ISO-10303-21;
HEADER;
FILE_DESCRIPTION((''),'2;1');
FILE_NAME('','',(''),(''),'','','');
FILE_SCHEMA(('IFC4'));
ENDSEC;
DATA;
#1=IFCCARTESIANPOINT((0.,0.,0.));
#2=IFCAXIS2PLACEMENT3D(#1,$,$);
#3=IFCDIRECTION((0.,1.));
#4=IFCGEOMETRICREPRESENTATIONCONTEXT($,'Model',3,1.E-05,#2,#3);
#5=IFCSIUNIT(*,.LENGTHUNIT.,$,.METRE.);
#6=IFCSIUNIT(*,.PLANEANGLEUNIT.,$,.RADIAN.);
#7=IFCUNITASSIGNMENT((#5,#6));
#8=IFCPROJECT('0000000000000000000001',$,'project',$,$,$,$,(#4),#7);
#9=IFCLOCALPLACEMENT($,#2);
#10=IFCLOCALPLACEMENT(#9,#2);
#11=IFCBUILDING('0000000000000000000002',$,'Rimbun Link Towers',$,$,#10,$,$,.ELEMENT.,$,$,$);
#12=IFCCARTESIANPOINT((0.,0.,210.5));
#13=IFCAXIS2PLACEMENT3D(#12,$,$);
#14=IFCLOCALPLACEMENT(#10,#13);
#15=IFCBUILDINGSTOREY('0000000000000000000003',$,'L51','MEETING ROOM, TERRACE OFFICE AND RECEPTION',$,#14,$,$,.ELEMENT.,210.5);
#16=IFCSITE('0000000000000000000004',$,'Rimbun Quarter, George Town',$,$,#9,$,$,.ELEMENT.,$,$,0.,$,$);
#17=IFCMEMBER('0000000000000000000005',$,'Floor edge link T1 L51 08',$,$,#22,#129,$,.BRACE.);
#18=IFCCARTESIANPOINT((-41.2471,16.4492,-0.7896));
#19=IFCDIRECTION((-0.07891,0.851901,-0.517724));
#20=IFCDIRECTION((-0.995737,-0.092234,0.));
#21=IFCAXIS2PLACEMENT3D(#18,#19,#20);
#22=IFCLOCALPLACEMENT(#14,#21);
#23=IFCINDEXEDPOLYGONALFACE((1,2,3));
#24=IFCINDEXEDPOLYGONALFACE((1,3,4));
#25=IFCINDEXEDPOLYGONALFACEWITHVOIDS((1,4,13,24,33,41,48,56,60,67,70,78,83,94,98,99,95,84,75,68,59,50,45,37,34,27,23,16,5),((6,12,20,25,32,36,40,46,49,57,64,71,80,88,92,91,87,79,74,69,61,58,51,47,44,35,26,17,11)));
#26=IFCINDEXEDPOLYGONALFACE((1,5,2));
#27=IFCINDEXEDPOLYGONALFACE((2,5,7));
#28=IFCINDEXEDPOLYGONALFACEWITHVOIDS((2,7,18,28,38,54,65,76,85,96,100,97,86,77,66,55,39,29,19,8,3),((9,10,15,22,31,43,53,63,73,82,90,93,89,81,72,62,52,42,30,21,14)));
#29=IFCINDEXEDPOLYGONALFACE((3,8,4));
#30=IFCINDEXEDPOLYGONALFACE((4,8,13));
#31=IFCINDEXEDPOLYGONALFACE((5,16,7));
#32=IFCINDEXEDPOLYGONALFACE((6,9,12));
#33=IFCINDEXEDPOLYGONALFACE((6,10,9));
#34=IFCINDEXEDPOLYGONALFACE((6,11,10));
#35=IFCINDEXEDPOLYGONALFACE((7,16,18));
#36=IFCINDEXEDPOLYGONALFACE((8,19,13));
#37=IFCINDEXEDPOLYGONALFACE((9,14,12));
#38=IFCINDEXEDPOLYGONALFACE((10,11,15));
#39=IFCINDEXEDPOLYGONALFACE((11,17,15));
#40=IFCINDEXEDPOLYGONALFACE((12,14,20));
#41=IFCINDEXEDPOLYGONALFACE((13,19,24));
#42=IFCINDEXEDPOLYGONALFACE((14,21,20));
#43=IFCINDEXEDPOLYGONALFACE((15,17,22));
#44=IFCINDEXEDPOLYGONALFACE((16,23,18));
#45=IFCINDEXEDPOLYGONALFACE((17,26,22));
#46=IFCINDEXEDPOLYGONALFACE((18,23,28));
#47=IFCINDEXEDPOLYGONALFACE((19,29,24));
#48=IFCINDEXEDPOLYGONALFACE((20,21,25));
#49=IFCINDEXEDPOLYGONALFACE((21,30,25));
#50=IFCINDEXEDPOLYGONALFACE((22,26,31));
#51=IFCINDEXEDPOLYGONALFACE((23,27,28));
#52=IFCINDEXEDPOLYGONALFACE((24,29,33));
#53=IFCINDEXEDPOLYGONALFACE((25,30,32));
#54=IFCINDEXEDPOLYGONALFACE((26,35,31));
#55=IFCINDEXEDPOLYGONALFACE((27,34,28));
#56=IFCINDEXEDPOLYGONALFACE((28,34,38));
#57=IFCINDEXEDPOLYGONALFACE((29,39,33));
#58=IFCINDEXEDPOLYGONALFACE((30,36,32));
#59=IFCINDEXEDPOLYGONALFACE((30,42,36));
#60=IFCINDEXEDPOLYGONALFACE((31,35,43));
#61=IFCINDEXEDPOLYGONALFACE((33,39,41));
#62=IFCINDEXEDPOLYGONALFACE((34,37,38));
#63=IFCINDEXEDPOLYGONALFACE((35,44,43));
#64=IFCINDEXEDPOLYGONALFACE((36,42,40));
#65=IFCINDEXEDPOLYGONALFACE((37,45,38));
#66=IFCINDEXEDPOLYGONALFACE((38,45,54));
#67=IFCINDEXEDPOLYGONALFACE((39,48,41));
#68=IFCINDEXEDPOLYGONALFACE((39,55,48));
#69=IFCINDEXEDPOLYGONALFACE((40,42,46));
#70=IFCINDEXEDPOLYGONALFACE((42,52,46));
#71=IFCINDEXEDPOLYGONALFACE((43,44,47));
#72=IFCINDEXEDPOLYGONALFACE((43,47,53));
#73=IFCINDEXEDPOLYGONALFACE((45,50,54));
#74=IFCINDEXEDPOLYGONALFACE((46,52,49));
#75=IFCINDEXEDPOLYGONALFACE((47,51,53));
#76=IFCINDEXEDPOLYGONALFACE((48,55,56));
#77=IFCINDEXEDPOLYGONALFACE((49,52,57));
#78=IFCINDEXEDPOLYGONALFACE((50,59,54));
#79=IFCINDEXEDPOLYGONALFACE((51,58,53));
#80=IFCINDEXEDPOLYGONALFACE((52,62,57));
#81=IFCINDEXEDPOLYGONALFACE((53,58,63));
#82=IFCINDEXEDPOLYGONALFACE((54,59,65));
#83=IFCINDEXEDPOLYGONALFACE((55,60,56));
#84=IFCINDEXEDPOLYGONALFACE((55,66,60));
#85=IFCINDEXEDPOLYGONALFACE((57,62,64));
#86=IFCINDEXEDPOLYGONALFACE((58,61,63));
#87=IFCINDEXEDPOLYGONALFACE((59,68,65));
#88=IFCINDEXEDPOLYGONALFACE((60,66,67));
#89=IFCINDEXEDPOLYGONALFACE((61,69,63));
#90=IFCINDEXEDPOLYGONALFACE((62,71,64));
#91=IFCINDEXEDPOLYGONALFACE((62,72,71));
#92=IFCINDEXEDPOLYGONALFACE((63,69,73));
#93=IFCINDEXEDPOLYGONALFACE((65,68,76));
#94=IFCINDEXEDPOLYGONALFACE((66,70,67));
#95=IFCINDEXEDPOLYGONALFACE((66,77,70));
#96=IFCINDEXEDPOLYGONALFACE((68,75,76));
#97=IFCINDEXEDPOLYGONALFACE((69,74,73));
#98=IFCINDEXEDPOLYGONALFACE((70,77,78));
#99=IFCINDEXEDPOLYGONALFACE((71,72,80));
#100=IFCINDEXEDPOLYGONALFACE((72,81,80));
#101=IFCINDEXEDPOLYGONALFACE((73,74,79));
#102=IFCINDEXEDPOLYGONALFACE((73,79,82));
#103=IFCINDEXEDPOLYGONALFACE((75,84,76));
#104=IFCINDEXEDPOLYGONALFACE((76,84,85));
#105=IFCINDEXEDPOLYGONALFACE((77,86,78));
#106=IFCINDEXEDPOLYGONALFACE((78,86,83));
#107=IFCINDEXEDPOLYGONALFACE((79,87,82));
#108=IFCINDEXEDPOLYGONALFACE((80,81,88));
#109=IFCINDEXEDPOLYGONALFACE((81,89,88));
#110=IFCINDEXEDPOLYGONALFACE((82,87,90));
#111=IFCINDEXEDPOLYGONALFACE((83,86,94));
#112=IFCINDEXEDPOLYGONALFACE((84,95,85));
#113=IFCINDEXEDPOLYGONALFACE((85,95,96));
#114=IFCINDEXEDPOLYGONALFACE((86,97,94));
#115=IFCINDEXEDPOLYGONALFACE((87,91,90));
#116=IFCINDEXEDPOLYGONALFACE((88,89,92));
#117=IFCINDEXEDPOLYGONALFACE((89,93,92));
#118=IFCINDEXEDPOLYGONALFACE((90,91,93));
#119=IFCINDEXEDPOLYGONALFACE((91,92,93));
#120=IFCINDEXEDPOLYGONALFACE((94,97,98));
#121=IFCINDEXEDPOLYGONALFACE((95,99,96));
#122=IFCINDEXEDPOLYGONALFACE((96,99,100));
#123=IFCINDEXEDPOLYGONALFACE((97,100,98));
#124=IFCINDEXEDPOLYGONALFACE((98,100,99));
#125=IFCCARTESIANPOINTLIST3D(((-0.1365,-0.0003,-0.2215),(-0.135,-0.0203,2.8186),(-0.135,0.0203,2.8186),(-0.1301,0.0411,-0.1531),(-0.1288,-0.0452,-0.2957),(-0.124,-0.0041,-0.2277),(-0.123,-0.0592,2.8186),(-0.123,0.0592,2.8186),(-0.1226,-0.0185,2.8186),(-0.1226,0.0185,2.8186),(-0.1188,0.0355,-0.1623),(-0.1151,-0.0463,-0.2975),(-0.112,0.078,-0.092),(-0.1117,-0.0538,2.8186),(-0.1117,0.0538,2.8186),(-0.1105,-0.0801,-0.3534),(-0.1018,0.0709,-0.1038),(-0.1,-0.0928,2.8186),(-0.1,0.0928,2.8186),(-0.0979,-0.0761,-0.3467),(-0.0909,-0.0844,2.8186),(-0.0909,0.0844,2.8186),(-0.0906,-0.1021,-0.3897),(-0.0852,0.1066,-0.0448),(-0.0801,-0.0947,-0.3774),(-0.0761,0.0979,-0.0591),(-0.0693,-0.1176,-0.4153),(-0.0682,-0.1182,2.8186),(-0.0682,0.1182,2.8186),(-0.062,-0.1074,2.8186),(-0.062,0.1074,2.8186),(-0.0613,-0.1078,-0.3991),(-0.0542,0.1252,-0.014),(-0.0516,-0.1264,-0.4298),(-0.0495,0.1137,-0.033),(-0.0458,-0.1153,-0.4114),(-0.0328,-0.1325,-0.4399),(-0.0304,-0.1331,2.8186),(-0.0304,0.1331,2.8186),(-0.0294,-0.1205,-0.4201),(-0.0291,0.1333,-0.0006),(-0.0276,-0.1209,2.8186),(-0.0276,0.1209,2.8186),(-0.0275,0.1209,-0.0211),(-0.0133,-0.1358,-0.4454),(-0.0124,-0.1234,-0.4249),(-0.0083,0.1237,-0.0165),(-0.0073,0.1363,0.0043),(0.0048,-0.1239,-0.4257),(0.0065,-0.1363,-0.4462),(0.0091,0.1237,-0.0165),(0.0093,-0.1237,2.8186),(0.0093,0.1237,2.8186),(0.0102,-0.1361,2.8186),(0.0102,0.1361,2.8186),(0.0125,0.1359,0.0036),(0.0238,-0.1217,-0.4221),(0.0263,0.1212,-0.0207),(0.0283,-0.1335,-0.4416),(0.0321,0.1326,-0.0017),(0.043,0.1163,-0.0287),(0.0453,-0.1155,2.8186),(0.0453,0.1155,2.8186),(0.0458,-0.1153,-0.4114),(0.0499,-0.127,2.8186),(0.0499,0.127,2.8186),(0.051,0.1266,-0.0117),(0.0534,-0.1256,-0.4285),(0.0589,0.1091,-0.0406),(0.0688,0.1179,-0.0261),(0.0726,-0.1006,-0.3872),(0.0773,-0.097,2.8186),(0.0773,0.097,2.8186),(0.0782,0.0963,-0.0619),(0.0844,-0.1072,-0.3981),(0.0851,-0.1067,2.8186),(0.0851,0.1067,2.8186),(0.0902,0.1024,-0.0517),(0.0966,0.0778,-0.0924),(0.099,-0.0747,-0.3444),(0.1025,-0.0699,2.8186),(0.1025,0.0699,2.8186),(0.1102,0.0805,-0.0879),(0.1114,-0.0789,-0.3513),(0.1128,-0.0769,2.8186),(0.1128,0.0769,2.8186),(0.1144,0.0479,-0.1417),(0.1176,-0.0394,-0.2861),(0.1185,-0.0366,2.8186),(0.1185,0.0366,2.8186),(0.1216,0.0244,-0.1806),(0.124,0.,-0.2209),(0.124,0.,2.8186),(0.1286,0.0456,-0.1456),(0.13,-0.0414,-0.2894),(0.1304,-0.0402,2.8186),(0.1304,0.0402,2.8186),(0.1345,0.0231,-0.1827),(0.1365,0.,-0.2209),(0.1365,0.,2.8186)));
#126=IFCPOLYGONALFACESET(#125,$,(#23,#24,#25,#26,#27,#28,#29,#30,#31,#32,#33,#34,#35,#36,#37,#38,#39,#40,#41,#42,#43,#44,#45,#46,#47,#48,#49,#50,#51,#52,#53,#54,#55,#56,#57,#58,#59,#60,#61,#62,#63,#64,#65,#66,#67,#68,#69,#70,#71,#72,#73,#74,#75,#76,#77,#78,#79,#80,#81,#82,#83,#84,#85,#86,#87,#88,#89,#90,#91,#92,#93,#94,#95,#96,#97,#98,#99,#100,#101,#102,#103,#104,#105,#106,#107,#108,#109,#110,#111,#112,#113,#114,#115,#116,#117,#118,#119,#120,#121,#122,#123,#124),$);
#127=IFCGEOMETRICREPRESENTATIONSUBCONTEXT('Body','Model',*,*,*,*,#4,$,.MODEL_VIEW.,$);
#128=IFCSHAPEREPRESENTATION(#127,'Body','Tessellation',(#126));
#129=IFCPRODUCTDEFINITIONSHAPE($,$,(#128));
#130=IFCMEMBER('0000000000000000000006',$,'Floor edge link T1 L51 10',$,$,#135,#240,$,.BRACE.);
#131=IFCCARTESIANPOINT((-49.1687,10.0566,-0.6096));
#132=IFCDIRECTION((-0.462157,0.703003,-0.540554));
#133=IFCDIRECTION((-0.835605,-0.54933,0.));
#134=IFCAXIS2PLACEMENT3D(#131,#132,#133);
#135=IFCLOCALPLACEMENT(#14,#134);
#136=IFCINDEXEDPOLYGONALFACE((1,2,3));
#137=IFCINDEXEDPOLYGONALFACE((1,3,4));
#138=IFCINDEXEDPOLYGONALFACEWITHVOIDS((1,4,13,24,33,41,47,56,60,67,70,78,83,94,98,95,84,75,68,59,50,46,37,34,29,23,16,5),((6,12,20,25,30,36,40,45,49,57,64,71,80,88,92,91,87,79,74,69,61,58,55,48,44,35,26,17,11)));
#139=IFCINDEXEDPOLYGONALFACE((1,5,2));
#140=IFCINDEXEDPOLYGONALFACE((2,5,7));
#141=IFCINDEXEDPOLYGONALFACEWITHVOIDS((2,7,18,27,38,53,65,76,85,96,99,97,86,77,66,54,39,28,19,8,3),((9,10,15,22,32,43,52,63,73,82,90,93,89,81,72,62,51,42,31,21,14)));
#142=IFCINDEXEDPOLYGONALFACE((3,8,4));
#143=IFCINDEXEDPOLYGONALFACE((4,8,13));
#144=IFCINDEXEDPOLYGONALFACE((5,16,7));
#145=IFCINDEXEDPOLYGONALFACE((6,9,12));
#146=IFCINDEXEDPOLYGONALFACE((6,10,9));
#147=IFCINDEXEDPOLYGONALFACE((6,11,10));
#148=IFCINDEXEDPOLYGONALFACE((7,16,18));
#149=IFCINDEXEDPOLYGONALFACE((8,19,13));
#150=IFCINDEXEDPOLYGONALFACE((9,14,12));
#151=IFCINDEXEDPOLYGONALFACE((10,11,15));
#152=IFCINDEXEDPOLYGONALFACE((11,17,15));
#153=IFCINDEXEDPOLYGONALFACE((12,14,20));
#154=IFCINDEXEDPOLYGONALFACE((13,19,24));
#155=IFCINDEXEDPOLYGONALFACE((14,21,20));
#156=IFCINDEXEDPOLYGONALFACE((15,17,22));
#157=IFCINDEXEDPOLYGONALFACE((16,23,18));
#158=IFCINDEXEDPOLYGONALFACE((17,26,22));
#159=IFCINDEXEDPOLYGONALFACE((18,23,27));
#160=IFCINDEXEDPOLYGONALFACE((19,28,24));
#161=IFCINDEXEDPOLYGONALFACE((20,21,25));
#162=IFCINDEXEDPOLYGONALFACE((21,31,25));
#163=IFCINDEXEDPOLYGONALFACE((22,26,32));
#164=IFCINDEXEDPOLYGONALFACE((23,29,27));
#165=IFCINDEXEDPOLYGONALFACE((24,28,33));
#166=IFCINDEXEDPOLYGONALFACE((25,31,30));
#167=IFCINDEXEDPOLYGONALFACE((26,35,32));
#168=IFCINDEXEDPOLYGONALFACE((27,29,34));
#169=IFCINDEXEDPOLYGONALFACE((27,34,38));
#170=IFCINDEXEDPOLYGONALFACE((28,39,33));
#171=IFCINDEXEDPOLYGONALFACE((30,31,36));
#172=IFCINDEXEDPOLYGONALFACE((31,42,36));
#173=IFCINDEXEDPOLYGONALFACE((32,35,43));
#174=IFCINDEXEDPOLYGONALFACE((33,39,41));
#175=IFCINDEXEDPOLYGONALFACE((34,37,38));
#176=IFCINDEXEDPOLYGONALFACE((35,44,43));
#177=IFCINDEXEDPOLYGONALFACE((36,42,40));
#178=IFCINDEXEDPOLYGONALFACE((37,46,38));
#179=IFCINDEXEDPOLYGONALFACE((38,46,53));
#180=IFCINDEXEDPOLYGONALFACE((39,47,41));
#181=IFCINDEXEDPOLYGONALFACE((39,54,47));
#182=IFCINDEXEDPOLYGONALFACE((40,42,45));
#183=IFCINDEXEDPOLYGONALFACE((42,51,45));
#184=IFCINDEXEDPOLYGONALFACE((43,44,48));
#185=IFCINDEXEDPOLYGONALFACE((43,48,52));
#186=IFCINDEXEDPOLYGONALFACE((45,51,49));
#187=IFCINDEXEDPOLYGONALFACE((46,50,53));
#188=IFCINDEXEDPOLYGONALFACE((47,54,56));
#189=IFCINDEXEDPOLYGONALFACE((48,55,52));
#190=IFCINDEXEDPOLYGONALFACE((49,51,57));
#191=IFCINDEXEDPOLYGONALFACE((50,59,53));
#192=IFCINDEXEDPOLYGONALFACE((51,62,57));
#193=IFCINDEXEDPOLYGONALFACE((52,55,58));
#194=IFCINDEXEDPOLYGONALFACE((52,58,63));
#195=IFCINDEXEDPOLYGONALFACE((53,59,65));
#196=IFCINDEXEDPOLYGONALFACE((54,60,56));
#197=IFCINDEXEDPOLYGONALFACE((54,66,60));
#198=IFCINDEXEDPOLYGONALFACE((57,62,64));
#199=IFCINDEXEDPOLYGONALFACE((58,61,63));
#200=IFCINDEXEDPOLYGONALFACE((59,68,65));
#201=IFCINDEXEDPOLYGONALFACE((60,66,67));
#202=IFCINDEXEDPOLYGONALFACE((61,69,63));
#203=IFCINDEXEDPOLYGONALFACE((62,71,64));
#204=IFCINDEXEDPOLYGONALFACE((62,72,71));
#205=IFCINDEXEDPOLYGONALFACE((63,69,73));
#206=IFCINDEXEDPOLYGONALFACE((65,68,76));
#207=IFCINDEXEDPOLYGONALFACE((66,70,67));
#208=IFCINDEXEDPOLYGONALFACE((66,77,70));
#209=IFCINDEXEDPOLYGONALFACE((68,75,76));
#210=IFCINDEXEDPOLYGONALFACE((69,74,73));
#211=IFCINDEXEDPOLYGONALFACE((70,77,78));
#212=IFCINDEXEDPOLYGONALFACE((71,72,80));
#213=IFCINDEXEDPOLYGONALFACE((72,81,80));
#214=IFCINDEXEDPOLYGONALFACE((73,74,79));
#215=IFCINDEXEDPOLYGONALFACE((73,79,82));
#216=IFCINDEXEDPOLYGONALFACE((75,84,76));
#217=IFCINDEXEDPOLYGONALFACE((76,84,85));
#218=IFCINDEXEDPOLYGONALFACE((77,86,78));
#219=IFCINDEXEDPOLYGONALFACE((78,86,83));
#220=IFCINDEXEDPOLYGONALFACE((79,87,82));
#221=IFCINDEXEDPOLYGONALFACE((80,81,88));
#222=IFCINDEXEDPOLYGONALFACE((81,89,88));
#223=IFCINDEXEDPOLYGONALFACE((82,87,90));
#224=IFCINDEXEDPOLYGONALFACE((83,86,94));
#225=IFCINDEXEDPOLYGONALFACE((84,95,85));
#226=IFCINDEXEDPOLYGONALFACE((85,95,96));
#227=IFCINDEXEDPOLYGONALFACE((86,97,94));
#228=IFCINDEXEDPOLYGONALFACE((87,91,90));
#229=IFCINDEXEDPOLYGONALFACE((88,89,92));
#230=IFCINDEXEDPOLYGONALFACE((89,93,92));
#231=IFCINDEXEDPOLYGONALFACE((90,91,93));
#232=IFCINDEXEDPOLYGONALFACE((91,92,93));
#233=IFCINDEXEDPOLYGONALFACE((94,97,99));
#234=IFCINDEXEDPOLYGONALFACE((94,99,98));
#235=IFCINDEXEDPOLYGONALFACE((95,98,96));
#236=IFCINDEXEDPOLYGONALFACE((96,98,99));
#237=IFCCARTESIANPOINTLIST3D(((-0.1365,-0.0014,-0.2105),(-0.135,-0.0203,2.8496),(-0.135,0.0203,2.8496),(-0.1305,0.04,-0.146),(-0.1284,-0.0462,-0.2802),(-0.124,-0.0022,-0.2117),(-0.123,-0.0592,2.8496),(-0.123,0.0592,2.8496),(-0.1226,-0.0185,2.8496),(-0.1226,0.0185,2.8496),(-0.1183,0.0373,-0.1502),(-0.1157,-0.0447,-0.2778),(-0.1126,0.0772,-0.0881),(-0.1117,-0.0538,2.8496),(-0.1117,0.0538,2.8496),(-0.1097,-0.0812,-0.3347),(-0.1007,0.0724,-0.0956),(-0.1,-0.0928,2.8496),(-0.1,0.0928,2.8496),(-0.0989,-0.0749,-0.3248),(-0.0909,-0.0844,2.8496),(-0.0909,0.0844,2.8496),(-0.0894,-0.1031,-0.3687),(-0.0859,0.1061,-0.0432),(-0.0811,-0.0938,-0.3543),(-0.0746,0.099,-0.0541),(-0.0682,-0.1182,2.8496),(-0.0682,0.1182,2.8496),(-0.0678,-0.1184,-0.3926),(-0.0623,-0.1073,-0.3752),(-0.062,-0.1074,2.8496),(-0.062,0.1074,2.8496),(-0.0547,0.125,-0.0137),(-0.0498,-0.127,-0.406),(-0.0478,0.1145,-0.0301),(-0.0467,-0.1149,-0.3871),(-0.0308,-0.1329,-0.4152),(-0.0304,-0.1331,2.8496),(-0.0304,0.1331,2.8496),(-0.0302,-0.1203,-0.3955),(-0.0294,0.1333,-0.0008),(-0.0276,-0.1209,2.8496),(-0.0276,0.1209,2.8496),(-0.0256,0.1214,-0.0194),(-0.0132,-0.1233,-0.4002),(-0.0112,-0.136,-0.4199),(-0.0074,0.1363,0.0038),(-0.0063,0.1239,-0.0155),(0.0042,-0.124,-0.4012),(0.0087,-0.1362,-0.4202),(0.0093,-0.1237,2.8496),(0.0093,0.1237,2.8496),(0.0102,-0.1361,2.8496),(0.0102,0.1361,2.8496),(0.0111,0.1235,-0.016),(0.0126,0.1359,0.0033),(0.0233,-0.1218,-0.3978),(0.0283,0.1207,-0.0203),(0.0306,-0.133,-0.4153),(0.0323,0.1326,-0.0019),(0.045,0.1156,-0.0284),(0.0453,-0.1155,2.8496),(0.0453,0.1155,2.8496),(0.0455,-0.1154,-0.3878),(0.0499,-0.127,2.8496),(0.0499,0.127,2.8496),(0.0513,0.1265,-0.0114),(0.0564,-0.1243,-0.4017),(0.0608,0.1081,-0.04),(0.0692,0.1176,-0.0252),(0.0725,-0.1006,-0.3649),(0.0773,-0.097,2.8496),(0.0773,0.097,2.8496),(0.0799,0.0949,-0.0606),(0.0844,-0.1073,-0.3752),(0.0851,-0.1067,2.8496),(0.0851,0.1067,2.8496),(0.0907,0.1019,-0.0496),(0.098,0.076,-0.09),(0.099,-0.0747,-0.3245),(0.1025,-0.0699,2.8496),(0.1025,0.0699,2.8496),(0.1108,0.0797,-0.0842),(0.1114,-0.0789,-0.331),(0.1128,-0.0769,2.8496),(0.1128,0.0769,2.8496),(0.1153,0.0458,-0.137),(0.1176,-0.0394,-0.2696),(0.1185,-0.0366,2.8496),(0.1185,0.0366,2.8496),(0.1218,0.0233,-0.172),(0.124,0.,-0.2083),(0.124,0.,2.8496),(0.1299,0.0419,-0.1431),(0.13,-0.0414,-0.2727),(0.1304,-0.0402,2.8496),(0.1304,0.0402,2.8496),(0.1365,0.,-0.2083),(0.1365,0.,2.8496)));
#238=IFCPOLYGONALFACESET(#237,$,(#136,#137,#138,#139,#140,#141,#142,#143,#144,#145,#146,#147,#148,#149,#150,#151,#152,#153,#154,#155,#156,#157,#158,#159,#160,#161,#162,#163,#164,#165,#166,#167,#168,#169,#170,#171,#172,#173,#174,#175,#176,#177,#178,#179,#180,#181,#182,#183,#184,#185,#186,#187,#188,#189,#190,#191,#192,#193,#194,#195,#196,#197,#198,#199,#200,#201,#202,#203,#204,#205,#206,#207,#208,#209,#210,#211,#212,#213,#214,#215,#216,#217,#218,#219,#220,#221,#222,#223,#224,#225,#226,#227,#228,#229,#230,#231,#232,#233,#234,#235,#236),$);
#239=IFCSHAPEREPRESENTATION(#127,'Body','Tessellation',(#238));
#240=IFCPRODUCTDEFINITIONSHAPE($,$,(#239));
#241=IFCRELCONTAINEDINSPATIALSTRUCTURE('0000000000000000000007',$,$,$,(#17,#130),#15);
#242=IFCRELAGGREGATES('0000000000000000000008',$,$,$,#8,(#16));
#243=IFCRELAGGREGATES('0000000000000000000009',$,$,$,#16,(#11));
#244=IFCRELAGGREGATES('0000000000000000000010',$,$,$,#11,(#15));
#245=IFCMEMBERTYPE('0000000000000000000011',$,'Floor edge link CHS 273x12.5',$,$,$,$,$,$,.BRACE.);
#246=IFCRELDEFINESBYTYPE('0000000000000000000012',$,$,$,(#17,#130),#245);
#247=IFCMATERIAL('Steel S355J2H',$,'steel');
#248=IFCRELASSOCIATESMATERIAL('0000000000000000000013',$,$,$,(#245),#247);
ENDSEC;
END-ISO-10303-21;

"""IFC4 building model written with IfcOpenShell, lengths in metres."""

from ifc_helpers import new_model, si_unit, direction, frame, origin, origin_2d, place, context, subcontext, project, spatial, hollow_circle, extrude, clip, halfspace, material, material_profile, profile_set, type_object, element, save


model = new_model("IFC4")

# Units and contexts
model_context = context("Model", 3, precision=1e-05, world=origin(), true_north=direction((0.0, 1.0)))
body_context = subcontext(model_context, "Body", "Model", "MODEL_VIEW")
ifc_project = project(units=[si_unit("LENGTHUNIT", "METRE"), si_unit("PLANEANGLEUNIT", "RADIAN")], contexts=[model_context])

# Site, building, storey
site_placement = place(None, origin())
site = spatial("IfcSite", under=ifc_project, at=site_placement, Name="Rimbun Quarter, George Town", CompositionType="ELEMENT", RefElevation=0.0)
building_placement = place(site_placement, origin())
building = spatial("IfcBuilding", under=site, at=building_placement, Name="Rimbun Link Towers", CompositionType="ELEMENT")
storey_placement = place(building_placement, frame((0.0, 0.0, 210.5)))
storey = spatial("IfcBuildingStorey", under=building, at=storey_placement, Name="L51", Description="MEETING ROOM, TERRACE OFFICE AND RECEPTION", CompositionType="ELEMENT", Elevation=210.5)

# Members
ifc_material_1 = material(Name="Steel S355J2H", Category="steel")
ifc_material_profile_1 = material_profile(ifc_material_1, hollow_circle(Radius=0.1365, WallThickness=0.0125, at=origin_2d()), Name="CHS 273x12.5")
ifc_profile_set_1 = profile_set([ifc_material_profile_1], Name="Steel S355J2H")
member_type_1 = type_object("IfcMemberType", Name="Floor edge link CHS 273x12.5", PredefinedType="BRACE", material=ifc_profile_set_1)
member_1_placement = place(storey_placement, frame((-41.2471, 16.4492, -0.7896), z_axis=(-0.07891, 0.851901, -0.517724), x_axis=(-0.995737, -0.092234, 0.0)))
element("IfcMember", 1, at=member_1_placement, inside=storey, type_object=member_type_1, Name="Floor edge link T1 L51 08", PredefinedType="BRACE", context=body_context, shape_type="Clipping", body=[
    clip(extrude(hollow_circle(Radius=0.1365, WallThickness=0.0125, at=origin_2d()), frame((0.0, 0.0, -0.4705)), (0.0, 0.0, 1.0), 3.2891), halfspace(frame((0.0, 0.0, -0.2209), z_axis=(0.0, 0.855548, -0.517724)), False)),
])
member_2_placement = place(storey_placement, frame((-49.1687, 10.0566, -0.6096), z_axis=(-0.462157, 0.703003, -0.540554), x_axis=(-0.835605, -0.54933, 0.0)))
element("IfcMember", 2, at=member_2_placement, inside=storey, type_object=member_type_1, Name="Floor edge link T1 L51 10", PredefinedType="BRACE", context=body_context, shape_type="Clipping", body=[
    clip(extrude(hollow_circle(Radius=0.1365, WallThickness=0.0125, at=origin_2d()), frame((0.0, 0.0, -0.4434)), (0.0, 0.0, 1.0), 3.293), halfspace(frame((0.0, 0.0, -0.2083), z_axis=(0.0, 0.841309, -0.540554)), False)),
])

save(model, "model.ifc")
